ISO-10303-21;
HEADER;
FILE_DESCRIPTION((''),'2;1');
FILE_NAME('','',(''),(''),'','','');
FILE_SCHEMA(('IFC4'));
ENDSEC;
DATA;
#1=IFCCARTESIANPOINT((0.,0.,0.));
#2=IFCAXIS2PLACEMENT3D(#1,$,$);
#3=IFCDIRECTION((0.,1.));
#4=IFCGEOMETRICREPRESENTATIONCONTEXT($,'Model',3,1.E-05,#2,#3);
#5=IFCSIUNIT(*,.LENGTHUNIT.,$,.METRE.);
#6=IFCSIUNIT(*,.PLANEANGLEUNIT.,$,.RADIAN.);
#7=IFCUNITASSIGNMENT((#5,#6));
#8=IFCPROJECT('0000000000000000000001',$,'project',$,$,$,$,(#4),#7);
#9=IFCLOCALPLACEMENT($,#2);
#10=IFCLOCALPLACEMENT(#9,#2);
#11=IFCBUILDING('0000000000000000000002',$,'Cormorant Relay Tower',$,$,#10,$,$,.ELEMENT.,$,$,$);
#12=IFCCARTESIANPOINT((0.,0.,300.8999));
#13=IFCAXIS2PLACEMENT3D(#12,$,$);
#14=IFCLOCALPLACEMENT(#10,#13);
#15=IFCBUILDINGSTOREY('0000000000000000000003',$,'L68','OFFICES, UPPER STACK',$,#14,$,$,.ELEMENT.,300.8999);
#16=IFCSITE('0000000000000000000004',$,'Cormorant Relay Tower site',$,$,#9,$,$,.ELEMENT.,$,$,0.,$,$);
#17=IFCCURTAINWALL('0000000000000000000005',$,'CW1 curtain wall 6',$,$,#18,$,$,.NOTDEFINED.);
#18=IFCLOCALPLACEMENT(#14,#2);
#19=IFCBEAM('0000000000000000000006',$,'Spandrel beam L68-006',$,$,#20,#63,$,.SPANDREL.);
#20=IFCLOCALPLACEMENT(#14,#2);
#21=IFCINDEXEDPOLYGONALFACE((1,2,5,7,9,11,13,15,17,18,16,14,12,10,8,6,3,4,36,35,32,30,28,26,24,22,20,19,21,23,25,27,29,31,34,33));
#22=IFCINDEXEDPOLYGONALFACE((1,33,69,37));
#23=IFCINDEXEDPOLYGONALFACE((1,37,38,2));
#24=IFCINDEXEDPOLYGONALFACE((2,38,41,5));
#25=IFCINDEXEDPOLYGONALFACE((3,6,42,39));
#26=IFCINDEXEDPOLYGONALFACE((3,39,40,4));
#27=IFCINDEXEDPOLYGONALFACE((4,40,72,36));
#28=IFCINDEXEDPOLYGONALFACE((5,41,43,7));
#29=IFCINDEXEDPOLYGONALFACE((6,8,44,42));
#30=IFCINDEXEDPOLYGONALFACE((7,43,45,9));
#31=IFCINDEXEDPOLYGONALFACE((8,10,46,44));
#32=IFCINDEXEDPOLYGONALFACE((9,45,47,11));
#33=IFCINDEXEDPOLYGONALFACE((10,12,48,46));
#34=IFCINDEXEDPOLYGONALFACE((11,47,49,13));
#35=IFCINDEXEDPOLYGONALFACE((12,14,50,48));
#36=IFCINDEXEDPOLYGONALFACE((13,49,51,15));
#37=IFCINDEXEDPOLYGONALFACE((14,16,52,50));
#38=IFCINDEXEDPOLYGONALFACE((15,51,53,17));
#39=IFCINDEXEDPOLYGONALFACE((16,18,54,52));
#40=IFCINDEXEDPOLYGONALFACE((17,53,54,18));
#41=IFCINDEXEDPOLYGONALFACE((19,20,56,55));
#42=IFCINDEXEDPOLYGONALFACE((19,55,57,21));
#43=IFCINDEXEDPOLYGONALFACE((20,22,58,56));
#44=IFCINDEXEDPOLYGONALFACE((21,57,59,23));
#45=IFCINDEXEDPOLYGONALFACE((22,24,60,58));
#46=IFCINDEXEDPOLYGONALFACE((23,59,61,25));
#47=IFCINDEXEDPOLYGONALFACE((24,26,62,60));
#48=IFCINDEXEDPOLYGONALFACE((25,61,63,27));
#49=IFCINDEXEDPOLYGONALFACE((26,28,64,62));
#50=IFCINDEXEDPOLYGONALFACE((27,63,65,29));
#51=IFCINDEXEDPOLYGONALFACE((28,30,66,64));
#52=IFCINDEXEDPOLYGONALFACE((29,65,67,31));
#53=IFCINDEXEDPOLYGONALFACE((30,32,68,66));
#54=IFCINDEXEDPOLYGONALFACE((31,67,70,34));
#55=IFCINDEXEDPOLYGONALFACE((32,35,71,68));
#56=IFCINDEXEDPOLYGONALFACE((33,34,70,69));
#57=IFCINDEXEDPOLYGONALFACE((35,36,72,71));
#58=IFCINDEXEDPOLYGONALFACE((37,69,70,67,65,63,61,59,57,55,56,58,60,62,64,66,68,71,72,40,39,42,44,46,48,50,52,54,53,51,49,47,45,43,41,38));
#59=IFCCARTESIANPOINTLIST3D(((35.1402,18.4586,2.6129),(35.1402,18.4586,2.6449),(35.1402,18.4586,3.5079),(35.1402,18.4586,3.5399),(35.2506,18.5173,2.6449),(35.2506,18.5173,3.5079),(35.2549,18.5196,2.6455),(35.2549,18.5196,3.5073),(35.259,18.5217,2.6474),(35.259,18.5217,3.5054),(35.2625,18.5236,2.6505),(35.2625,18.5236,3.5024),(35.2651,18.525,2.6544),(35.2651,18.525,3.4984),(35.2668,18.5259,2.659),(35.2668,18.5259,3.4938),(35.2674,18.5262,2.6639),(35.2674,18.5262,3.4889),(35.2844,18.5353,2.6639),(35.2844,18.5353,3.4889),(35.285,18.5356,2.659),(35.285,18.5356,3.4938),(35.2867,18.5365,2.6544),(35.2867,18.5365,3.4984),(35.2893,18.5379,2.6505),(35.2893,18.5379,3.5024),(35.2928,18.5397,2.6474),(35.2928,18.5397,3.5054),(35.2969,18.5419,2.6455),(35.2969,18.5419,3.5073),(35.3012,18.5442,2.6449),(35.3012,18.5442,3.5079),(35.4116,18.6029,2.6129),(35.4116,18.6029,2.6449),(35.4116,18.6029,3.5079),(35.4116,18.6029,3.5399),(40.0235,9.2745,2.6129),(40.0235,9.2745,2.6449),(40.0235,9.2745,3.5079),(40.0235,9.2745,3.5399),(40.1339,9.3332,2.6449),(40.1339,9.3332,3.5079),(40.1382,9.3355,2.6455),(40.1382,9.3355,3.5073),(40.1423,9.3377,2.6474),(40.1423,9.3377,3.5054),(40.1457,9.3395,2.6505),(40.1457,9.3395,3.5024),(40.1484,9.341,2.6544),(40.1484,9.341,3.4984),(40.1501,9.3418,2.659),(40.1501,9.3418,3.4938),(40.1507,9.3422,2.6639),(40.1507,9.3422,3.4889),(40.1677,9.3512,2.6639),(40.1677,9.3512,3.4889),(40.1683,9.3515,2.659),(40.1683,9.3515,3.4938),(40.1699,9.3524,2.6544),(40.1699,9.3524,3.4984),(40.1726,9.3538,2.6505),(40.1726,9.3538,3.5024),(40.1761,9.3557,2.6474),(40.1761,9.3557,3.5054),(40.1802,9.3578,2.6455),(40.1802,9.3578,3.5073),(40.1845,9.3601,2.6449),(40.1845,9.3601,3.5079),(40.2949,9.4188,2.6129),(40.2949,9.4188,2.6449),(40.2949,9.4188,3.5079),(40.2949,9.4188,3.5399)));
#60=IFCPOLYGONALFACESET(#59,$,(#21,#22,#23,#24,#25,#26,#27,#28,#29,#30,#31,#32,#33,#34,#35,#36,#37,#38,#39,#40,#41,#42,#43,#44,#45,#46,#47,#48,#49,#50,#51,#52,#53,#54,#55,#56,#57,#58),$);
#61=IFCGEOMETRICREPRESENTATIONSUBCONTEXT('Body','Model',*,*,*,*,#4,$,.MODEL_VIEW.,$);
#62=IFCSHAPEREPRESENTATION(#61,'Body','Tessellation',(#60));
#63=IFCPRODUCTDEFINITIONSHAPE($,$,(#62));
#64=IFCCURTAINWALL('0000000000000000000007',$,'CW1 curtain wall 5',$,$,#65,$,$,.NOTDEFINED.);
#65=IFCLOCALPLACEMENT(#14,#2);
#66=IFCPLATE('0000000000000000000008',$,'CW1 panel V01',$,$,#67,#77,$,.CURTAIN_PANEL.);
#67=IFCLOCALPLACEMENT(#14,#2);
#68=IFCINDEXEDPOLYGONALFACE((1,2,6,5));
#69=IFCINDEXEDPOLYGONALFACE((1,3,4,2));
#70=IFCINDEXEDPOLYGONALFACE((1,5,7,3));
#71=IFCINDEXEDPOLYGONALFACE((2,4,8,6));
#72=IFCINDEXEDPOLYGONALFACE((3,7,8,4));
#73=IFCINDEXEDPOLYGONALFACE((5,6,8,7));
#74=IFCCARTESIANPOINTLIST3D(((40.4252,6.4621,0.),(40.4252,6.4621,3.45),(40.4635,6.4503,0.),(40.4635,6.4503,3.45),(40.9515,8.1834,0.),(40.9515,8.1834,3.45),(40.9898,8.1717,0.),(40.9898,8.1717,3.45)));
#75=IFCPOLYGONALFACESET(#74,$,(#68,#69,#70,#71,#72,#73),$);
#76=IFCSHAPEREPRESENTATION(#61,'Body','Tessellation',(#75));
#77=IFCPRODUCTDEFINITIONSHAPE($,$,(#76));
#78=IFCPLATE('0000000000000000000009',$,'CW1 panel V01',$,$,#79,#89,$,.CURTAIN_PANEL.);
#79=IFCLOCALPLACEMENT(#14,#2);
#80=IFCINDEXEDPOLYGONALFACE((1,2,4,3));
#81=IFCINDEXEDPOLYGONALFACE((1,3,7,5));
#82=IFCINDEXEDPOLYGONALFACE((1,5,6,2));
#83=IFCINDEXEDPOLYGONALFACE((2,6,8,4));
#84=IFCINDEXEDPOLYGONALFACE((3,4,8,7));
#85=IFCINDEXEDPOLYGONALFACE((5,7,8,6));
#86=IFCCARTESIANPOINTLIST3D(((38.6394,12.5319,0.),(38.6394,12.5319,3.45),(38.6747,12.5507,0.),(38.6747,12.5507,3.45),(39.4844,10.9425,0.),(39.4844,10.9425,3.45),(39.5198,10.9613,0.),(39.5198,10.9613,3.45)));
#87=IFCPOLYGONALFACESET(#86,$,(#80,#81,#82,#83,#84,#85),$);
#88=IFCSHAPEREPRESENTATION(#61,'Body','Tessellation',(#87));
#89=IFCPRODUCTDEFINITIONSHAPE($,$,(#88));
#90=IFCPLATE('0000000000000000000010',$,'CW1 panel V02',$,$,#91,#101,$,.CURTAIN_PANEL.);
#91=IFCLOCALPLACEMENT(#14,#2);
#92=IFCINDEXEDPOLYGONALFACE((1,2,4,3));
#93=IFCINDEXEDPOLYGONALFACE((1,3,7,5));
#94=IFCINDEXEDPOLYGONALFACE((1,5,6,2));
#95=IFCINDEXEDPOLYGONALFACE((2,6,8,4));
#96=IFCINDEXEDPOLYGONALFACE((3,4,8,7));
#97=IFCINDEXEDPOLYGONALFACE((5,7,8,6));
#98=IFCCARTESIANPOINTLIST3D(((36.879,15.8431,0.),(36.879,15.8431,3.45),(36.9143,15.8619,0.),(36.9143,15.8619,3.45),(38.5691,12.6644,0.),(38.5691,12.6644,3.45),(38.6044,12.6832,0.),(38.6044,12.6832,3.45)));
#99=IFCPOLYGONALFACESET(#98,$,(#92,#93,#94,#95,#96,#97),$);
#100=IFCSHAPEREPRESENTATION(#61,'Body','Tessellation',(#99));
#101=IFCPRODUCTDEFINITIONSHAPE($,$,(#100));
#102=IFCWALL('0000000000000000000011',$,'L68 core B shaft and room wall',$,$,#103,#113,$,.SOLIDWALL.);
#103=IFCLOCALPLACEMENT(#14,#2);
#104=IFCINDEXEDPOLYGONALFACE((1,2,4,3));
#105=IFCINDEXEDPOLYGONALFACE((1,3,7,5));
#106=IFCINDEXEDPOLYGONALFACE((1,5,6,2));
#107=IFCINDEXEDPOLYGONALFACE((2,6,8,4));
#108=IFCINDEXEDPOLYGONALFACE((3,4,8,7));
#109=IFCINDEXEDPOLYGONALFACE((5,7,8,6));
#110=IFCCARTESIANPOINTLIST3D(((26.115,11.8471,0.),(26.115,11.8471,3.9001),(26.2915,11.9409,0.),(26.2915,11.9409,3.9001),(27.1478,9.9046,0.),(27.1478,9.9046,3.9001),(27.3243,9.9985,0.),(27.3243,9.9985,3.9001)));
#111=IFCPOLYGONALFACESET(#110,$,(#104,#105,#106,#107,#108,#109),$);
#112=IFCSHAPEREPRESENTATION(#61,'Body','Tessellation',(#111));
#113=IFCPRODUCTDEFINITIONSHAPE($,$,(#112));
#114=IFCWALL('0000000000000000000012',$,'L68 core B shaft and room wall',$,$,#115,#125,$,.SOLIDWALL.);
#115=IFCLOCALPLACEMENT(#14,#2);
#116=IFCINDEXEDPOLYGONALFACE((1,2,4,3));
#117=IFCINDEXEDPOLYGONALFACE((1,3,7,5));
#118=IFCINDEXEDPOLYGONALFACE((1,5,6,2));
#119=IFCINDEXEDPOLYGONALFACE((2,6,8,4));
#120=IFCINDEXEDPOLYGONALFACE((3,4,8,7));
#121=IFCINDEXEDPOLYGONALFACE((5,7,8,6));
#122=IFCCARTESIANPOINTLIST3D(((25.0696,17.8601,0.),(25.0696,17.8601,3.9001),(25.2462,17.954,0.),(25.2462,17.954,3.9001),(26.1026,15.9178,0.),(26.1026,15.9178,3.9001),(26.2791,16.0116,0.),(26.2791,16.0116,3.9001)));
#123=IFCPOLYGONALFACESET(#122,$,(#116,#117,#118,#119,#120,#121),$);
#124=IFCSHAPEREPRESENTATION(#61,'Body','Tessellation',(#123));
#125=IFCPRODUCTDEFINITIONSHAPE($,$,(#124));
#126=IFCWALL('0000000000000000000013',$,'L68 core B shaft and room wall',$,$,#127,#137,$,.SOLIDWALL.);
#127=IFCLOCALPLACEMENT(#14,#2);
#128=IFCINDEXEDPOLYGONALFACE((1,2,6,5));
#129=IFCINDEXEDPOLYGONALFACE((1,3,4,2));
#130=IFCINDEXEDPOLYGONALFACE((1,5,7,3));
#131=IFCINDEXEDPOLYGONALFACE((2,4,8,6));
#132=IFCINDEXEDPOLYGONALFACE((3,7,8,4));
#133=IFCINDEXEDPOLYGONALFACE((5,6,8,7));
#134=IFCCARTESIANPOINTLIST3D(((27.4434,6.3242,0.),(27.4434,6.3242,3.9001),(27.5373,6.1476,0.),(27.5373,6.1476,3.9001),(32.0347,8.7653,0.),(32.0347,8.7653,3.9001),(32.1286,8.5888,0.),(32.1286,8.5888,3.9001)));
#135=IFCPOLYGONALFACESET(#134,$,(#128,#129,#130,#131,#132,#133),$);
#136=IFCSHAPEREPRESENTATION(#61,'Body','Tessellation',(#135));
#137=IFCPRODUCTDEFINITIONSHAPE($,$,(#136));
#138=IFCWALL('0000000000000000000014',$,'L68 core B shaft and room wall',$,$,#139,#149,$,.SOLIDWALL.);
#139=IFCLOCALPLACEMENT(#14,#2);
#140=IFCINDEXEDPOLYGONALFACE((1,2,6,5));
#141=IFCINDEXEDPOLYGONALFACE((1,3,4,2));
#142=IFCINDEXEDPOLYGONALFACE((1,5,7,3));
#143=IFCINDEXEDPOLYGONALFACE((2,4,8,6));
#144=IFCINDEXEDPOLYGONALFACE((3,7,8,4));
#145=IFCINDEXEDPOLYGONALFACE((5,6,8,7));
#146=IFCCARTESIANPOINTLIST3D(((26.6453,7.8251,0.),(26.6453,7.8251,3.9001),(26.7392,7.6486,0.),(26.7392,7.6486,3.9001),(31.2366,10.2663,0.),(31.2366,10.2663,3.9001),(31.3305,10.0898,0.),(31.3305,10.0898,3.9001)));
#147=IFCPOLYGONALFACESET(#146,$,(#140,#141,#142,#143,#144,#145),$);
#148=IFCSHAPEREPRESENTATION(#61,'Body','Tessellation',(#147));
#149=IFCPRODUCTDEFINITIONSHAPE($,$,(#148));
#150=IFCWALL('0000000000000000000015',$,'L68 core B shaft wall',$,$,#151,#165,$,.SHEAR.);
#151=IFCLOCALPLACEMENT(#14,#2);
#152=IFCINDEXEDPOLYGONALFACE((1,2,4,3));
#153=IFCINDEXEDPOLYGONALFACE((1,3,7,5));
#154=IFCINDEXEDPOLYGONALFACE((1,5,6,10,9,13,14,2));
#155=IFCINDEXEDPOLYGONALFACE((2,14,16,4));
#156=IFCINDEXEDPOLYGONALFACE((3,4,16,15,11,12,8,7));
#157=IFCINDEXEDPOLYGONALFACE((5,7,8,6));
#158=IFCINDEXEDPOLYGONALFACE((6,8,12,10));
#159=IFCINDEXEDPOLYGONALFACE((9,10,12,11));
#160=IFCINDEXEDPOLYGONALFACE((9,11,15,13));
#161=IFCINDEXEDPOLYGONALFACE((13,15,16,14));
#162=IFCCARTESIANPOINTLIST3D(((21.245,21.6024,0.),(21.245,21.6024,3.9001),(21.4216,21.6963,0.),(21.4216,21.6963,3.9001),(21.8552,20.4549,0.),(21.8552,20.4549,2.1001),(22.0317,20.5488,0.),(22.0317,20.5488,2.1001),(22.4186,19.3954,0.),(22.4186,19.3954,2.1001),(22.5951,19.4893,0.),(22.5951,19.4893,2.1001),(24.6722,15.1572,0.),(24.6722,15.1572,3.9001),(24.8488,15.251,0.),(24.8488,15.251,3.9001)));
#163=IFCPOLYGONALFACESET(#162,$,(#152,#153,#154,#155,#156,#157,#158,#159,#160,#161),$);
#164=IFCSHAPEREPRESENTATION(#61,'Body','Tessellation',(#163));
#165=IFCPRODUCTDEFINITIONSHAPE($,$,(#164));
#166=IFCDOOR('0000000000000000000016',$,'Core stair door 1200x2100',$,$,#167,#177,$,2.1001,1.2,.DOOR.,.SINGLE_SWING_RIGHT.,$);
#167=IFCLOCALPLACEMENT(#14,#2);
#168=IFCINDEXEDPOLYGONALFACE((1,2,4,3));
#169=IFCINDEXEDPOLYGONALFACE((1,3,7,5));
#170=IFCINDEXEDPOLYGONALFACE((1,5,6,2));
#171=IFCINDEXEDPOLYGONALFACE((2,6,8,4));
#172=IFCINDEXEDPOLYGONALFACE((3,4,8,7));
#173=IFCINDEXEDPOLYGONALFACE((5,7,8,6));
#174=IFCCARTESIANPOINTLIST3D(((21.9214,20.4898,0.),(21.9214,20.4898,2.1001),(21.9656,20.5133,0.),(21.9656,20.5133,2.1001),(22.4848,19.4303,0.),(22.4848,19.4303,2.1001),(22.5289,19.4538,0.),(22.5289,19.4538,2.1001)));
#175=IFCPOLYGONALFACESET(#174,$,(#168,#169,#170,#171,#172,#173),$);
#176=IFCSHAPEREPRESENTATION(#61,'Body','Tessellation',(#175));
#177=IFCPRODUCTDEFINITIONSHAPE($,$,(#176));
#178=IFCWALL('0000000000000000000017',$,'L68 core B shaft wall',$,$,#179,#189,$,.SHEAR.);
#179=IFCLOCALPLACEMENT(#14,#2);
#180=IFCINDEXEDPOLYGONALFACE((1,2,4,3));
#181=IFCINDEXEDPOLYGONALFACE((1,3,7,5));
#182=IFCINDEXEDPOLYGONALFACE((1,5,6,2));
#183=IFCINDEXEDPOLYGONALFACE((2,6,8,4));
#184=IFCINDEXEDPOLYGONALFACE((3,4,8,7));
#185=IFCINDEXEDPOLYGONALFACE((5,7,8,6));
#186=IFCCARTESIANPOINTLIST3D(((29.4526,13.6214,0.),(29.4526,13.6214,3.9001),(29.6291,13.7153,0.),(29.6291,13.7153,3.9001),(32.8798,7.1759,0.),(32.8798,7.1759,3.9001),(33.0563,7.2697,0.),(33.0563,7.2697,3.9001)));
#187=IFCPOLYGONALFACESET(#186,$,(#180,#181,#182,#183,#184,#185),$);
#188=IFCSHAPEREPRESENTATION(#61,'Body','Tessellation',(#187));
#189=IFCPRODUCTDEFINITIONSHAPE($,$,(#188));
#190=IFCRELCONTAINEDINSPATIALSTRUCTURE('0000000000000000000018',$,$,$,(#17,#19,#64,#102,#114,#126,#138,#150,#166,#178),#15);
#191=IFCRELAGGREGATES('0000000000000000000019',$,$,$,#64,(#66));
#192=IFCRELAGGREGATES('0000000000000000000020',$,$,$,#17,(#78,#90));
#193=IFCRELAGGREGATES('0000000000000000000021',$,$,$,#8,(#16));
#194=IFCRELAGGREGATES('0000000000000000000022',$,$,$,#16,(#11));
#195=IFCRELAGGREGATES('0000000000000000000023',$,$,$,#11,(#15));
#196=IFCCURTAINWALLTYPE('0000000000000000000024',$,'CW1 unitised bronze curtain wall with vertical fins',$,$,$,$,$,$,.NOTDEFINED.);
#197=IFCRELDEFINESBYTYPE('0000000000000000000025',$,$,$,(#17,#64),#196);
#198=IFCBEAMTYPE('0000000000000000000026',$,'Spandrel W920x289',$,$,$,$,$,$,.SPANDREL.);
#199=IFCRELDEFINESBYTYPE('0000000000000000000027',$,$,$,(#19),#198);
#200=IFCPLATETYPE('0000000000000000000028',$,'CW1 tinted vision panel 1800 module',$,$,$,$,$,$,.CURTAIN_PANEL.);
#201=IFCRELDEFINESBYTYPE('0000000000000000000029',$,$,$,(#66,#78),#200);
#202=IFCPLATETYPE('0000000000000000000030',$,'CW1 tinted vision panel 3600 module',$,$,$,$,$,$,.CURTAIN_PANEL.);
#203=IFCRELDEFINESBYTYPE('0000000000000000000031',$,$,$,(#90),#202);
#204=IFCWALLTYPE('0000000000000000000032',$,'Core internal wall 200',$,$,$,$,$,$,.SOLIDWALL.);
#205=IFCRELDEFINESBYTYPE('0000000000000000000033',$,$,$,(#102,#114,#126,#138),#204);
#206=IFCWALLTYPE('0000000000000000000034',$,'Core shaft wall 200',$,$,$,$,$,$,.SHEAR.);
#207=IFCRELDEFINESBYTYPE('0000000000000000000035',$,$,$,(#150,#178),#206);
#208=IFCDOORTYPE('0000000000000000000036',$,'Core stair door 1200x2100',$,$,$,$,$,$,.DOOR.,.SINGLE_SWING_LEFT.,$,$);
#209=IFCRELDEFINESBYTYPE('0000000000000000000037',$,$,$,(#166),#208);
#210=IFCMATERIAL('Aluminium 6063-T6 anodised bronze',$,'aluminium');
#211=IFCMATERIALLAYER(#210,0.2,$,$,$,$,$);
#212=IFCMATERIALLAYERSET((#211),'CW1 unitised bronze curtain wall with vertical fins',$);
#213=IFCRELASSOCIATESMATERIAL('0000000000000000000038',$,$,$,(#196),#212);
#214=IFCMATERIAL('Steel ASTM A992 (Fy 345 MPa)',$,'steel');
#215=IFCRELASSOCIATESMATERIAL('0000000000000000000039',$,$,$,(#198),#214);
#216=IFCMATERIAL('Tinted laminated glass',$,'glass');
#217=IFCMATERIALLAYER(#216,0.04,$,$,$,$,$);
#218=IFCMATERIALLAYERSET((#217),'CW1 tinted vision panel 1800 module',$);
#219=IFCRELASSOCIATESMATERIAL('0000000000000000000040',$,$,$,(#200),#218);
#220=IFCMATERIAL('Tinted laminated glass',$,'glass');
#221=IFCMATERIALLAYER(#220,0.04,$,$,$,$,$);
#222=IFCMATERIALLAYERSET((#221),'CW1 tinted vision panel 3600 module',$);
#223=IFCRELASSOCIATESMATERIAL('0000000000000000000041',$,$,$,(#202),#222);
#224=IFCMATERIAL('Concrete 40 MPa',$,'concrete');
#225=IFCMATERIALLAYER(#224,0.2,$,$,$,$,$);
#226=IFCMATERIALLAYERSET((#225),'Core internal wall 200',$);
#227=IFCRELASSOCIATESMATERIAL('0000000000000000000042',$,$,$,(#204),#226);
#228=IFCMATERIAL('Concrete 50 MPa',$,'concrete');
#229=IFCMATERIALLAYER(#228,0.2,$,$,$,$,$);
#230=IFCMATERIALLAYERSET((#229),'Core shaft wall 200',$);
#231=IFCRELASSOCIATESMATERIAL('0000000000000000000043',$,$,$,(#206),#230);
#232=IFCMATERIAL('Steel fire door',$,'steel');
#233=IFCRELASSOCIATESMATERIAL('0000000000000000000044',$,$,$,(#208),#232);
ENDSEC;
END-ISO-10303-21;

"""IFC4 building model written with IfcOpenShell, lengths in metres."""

from ifc_helpers import new_model, si_unit, direction, frame, frame_2d, origin, origin_2d, place, context, subcontext, project, spatial, rectangle, i_section, extrude, material, layer, layer_set, material_profile, profile_set, type_object, element, fill, aggregate, save


model = new_model("IFC4")

# Units and contexts
model_context = context("Model", 3, precision=1e-05, world=origin(), true_north=direction((0.0, 1.0)))
body_context = subcontext(model_context, "Body", "Model", "MODEL_VIEW")
ifc_project = project(units=[si_unit("LENGTHUNIT", "METRE"), si_unit("PLANEANGLEUNIT", "RADIAN")], contexts=[model_context])

# Site, building, storey
site_placement = place(None, origin())
site = spatial("IfcSite", under=ifc_project, at=site_placement, Name="Cormorant Relay Tower site", CompositionType="ELEMENT", RefElevation=0.0)
building_placement = place(site_placement, origin())
building = spatial("IfcBuilding", under=site, at=building_placement, Name="Cormorant Relay Tower", CompositionType="ELEMENT")
storey_placement = place(building_placement, frame((0.0, 0.0, 300.8999)))
storey = spatial("IfcBuildingStorey", under=building, at=storey_placement, Name="L68", Description="OFFICES, UPPER STACK", CompositionType="ELEMENT", Elevation=300.8999)

# Curtain wall
ifc_material_1 = material(Name="Aluminium 6063-T6 anodised bronze", Category="aluminium")
ifc_layer_1 = layer(ifc_material_1, 0.2)
ifc_layer_set_1 = layer_set([ifc_layer_1], Name="CW1 unitised bronze curtain wall with vertical fins")
curtain_wall_type = type_object("IfcCurtainWallType", Name="CW1 unitised bronze curtain wall with vertical fins", PredefinedType="NOTDEFINED", material=ifc_layer_set_1)
curtain_wall_1_placement = place(storey_placement, origin())
curtain_wall_1 = element("IfcCurtainWall", 1, at=curtain_wall_1_placement, inside=storey, type_object=curtain_wall_type, Name="CW1 curtain wall 6", PredefinedType="NOTDEFINED")

# Beam
ifc_material_2 = material(Name="Steel ASTM A992 (Fy 345 MPa)", Category="steel")
ifc_material_profile_1 = material_profile(ifc_material_2, i_section(OverallWidth=0.3074, OverallDepth=0.927, WebThickness=0.0193, FlangeThickness=0.032, FilletRadius=0.019, at=origin_2d()), Name="W920x289")
ifc_profile_set_1 = profile_set([ifc_material_profile_1], Name="Steel ASTM A992 (Fy 345 MPa)")
beam_type = type_object("IfcBeamType", Name="Spandrel W920x289", PredefinedType="SPANDREL", material=ifc_profile_set_1)
beam_placement = place(storey_placement, frame((40.1592, 9.3467, 3.0764), z_axis=(-0.469474, 0.882946, 0.0), x_axis=(-0.882946, -0.469474, 0.0)))
element("IfcBeam", 2, at=beam_placement, inside=storey, type_object=beam_type, Name="Spandrel beam L68-006", PredefinedType="SPANDREL", context=body_context, shape_type="SweptSolid", body=[
    extrude(i_section(OverallWidth=0.3074, OverallDepth=0.927, WebThickness=0.0193, FlangeThickness=0.032, FilletRadius=0.019, at=origin_2d()), origin(), (0.0, 0.0, 1.0), 10.4016),
])

# Curtain wall, plate
curtain_wall_2_placement = place(storey_placement, origin())
curtain_wall_2 = element("IfcCurtainWall", 3, at=curtain_wall_2_placement, inside=storey, type_object=curtain_wall_type, Name="CW1 curtain wall 5", PredefinedType="NOTDEFINED")
ifc_material_3 = material(Name="Tinted laminated glass", Category="glass")
ifc_layer_2 = layer(ifc_material_3, 0.04)
ifc_layer_set_2 = layer_set([ifc_layer_2], Name="CW1 tinted vision panel 1800 module")
plate_type_1 = type_object("IfcPlateType", Name="CW1 tinted vision panel 1800 module", PredefinedType="CURTAIN_PANEL", material=ifc_layer_set_2)
plate_1_placement = place(storey_placement, frame((40.7075, 7.3169, 0.0), z_axis=(0.0, 0.0, 1.0), x_axis=(0.292372, 0.956305, 0.0)))
plate_1 = element("IfcPlate", 4, at=plate_1_placement, type_object=plate_type_1, Name="CW1 panel V01", PredefinedType="CURTAIN_PANEL", context=body_context, shape_type="SweptSolid", body=[
    extrude(rectangle(XDim=1.8, YDim=0.04, at=origin_2d()), origin(), (0.0, 0.0, 1.0), 3.45),
])
aggregate(curtain_wall_2, [plate_1])

# Plates
plate_2_placement = place(storey_placement, frame((39.0796, 11.7466, 0.0), z_axis=(0.0, 0.0, 1.0), x_axis=(-0.469472, 0.882948, 0.0)))
plate_2 = element("IfcPlate", 5, at=plate_2_placement, type_object=plate_type_1, Name="CW1 panel V01", PredefinedType="CURTAIN_PANEL", context=body_context, shape_type="SweptSolid", body=[
    extrude(rectangle(XDim=1.8, YDim=0.04, at=origin_2d()), origin(), (0.0, 0.0, 1.0), 3.45),
])
ifc_material_4 = material(Name="Tinted laminated glass", Category="glass")
ifc_layer_3 = layer(ifc_material_4, 0.04)
ifc_layer_set_3 = layer_set([ifc_layer_3], Name="CW1 tinted vision panel 3600 module")
plate_type_2 = type_object("IfcPlateType", Name="CW1 tinted vision panel 3600 module", PredefinedType="CURTAIN_PANEL", material=ifc_layer_set_3)
plate_3_placement = place(storey_placement, frame((37.7417, 14.2632, 0.0), z_axis=(0.0, 0.0, 1.0), x_axis=(-0.469472, 0.882948, 0.0)))
plate_3 = element("IfcPlate", 6, at=plate_3_placement, type_object=plate_type_2, Name="CW1 panel V02", PredefinedType="CURTAIN_PANEL", context=body_context, shape_type="SweptSolid", body=[
    extrude(rectangle(XDim=3.6001, YDim=0.04, at=origin_2d()), origin(), (0.0, 0.0, 1.0), 3.45),
])

# Walls
ifc_material_5 = material(Name="Concrete 40 MPa", Category="concrete")
ifc_layer_4 = layer(ifc_material_5, 0.2)
ifc_layer_set_4 = layer_set([ifc_layer_4], Name="Core internal wall 200")
wall_type_1 = type_object("IfcWallType", Name="Core internal wall 200", PredefinedType="SOLIDWALL", material=ifc_layer_set_4)
for number, where, z_axis, x_axis, name in (
    (7, (27.2361, 9.9514, 0.0), (0.0, 0.0, 1.0), (-0.469447, 0.88296, 0.0), "L68 core B shaft and room wall"),
    (8, (26.1909, 15.9646, 0.0), (0.0, 0.0, 1.0), (-0.469534, 0.882914, 0.0), "L68 core B shaft and room wall"),
):
    element("IfcWall", number, at=place(storey_placement, frame(where, z_axis=z_axis, x_axis=x_axis)), inside=storey, type_object=wall_type_1, Name=name, PredefinedType="SOLIDWALL", context=body_context, shape_type="SweptSolid", body=[
        extrude(rectangle(XDim=2.2, YDim=0.2, at=frame_2d((1.1001, 0.0))), origin(), (0.0, 0.0, 1.0), 3.9001),
    ])
for number, where, z_axis, x_axis, name in (
    (9, (27.4902, 6.2358, 0.0), (0.0, 0.0, 1.0), (0.882954, 0.46946, 0.0), "L68 core B shaft and room wall"),
    (10, (26.6921, 7.7368, 0.0), (0.0, 0.0, 1.0), (0.882954, 0.46946, 0.0), "L68 core B shaft and room wall"),
):
    element("IfcWall", number, at=place(storey_placement, frame(where, z_axis=z_axis, x_axis=x_axis)), inside=storey, type_object=wall_type_1, Name=name, PredefinedType="SOLIDWALL", context=body_context, shape_type="SweptSolid", body=[
        extrude(rectangle(XDim=5.2, YDim=0.2, at=frame_2d((2.6001, 0.0))), origin(), (0.0, 0.0, 1.0), 3.9001),
    ])

# Wall, opening, door
ifc_material_6 = material(Name="Concrete 50 MPa", Category="concrete")
ifc_layer_5 = layer(ifc_material_6, 0.2)
ifc_layer_set_5 = layer_set([ifc_layer_5], Name="Core shaft wall 200")
wall_type_2 = type_object("IfcWallType", Name="Core shaft wall 200", PredefinedType="SHEAR", material=ifc_layer_set_5)
wall_1_placement = place(storey_placement, frame((24.7605, 15.2041, 0.0), z_axis=(0.0, 0.0, 1.0), x_axis=(-0.469494, 0.882936, 0.0)))
wall_1 = element("IfcWall", 11, at=wall_1_placement, inside=storey, type_object=wall_type_2, Name="L68 core B shaft wall", PredefinedType="SHEAR", context=body_context, shape_type="SweptSolid", body=[
    extrude(rectangle(XDim=7.2998, YDim=0.2, at=frame_2d((3.6499, 0.0))), origin(), (0.0, 0.0, 1.0), 3.9001),
])
opening_1_placement = place(wall_1_placement, frame((4.8, 0.0, 0.0)))
opening_1 = element("IfcOpeningElement", 12, at=opening_1_placement, cuts=wall_1, PredefinedType="OPENING", context=body_context, shape_type="SweptSolid", body=[
    extrude(rectangle(XDim=1.2, YDim=2.1001, at=frame_2d((0.6001, 1.05))), frame((0.0, 0.1099, 0.0), z_axis=(0.0, -1.0, 0.0), x_axis=(1.0, 0.0, 0.0)), (0.0, 0.0, 1.0), 0.22),
])
ifc_material_7 = material(Name="Steel fire door", Category="steel")
door_type_1 = type_object("IfcDoorType", Name="Core stair door 1200x2100", OperationType="SINGLE_SWING_LEFT", PredefinedType="DOOR", material=ifc_material_7)
door_1_placement = place(opening_1_placement, frame((1.2, 0.0, 0.0), z_axis=(0.0, 0.0, 1.0), x_axis=(-1.0, 0.0, 0.0)))
door_1 = element("IfcDoor", 13, at=door_1_placement, inside=storey, type_object=door_type_1, Name="Core stair door 1200x2100", OperationType="SINGLE_SWING_RIGHT", OverallHeight=2.1001, OverallWidth=1.2, PredefinedType="DOOR", context=body_context, shape_type="SweptSolid", body=[
    extrude(rectangle(XDim=1.2, YDim=2.1001, at=frame_2d((0.6001, 1.05))), frame((0.0, 0.0249, 0.0), z_axis=(0.0, -1.0, 0.0), x_axis=(1.0, 0.0, 0.0)), (0.0, 0.0, 1.0), 0.05),
])
fill(opening_1, door_1)

# Wall
wall_2_placement = place(storey_placement, frame((32.968, 7.2229, 0.0), z_axis=(0.0, 0.0, 1.0), x_axis=(-0.46948, 0.882943, 0.0)))
element("IfcWall", 14, at=wall_2_placement, inside=storey, type_object=wall_type_2, Name="L68 core B shaft wall", PredefinedType="SHEAR", context=body_context, shape_type="SweptSolid", body=[
    extrude(rectangle(XDim=7.3, YDim=0.2, at=frame_2d((3.6499, 0.0))), origin(), (0.0, 0.0, 1.0), 3.9001),
])

aggregate(curtain_wall_1, [plate_2, plate_3])

save(model, "model.ifc")
